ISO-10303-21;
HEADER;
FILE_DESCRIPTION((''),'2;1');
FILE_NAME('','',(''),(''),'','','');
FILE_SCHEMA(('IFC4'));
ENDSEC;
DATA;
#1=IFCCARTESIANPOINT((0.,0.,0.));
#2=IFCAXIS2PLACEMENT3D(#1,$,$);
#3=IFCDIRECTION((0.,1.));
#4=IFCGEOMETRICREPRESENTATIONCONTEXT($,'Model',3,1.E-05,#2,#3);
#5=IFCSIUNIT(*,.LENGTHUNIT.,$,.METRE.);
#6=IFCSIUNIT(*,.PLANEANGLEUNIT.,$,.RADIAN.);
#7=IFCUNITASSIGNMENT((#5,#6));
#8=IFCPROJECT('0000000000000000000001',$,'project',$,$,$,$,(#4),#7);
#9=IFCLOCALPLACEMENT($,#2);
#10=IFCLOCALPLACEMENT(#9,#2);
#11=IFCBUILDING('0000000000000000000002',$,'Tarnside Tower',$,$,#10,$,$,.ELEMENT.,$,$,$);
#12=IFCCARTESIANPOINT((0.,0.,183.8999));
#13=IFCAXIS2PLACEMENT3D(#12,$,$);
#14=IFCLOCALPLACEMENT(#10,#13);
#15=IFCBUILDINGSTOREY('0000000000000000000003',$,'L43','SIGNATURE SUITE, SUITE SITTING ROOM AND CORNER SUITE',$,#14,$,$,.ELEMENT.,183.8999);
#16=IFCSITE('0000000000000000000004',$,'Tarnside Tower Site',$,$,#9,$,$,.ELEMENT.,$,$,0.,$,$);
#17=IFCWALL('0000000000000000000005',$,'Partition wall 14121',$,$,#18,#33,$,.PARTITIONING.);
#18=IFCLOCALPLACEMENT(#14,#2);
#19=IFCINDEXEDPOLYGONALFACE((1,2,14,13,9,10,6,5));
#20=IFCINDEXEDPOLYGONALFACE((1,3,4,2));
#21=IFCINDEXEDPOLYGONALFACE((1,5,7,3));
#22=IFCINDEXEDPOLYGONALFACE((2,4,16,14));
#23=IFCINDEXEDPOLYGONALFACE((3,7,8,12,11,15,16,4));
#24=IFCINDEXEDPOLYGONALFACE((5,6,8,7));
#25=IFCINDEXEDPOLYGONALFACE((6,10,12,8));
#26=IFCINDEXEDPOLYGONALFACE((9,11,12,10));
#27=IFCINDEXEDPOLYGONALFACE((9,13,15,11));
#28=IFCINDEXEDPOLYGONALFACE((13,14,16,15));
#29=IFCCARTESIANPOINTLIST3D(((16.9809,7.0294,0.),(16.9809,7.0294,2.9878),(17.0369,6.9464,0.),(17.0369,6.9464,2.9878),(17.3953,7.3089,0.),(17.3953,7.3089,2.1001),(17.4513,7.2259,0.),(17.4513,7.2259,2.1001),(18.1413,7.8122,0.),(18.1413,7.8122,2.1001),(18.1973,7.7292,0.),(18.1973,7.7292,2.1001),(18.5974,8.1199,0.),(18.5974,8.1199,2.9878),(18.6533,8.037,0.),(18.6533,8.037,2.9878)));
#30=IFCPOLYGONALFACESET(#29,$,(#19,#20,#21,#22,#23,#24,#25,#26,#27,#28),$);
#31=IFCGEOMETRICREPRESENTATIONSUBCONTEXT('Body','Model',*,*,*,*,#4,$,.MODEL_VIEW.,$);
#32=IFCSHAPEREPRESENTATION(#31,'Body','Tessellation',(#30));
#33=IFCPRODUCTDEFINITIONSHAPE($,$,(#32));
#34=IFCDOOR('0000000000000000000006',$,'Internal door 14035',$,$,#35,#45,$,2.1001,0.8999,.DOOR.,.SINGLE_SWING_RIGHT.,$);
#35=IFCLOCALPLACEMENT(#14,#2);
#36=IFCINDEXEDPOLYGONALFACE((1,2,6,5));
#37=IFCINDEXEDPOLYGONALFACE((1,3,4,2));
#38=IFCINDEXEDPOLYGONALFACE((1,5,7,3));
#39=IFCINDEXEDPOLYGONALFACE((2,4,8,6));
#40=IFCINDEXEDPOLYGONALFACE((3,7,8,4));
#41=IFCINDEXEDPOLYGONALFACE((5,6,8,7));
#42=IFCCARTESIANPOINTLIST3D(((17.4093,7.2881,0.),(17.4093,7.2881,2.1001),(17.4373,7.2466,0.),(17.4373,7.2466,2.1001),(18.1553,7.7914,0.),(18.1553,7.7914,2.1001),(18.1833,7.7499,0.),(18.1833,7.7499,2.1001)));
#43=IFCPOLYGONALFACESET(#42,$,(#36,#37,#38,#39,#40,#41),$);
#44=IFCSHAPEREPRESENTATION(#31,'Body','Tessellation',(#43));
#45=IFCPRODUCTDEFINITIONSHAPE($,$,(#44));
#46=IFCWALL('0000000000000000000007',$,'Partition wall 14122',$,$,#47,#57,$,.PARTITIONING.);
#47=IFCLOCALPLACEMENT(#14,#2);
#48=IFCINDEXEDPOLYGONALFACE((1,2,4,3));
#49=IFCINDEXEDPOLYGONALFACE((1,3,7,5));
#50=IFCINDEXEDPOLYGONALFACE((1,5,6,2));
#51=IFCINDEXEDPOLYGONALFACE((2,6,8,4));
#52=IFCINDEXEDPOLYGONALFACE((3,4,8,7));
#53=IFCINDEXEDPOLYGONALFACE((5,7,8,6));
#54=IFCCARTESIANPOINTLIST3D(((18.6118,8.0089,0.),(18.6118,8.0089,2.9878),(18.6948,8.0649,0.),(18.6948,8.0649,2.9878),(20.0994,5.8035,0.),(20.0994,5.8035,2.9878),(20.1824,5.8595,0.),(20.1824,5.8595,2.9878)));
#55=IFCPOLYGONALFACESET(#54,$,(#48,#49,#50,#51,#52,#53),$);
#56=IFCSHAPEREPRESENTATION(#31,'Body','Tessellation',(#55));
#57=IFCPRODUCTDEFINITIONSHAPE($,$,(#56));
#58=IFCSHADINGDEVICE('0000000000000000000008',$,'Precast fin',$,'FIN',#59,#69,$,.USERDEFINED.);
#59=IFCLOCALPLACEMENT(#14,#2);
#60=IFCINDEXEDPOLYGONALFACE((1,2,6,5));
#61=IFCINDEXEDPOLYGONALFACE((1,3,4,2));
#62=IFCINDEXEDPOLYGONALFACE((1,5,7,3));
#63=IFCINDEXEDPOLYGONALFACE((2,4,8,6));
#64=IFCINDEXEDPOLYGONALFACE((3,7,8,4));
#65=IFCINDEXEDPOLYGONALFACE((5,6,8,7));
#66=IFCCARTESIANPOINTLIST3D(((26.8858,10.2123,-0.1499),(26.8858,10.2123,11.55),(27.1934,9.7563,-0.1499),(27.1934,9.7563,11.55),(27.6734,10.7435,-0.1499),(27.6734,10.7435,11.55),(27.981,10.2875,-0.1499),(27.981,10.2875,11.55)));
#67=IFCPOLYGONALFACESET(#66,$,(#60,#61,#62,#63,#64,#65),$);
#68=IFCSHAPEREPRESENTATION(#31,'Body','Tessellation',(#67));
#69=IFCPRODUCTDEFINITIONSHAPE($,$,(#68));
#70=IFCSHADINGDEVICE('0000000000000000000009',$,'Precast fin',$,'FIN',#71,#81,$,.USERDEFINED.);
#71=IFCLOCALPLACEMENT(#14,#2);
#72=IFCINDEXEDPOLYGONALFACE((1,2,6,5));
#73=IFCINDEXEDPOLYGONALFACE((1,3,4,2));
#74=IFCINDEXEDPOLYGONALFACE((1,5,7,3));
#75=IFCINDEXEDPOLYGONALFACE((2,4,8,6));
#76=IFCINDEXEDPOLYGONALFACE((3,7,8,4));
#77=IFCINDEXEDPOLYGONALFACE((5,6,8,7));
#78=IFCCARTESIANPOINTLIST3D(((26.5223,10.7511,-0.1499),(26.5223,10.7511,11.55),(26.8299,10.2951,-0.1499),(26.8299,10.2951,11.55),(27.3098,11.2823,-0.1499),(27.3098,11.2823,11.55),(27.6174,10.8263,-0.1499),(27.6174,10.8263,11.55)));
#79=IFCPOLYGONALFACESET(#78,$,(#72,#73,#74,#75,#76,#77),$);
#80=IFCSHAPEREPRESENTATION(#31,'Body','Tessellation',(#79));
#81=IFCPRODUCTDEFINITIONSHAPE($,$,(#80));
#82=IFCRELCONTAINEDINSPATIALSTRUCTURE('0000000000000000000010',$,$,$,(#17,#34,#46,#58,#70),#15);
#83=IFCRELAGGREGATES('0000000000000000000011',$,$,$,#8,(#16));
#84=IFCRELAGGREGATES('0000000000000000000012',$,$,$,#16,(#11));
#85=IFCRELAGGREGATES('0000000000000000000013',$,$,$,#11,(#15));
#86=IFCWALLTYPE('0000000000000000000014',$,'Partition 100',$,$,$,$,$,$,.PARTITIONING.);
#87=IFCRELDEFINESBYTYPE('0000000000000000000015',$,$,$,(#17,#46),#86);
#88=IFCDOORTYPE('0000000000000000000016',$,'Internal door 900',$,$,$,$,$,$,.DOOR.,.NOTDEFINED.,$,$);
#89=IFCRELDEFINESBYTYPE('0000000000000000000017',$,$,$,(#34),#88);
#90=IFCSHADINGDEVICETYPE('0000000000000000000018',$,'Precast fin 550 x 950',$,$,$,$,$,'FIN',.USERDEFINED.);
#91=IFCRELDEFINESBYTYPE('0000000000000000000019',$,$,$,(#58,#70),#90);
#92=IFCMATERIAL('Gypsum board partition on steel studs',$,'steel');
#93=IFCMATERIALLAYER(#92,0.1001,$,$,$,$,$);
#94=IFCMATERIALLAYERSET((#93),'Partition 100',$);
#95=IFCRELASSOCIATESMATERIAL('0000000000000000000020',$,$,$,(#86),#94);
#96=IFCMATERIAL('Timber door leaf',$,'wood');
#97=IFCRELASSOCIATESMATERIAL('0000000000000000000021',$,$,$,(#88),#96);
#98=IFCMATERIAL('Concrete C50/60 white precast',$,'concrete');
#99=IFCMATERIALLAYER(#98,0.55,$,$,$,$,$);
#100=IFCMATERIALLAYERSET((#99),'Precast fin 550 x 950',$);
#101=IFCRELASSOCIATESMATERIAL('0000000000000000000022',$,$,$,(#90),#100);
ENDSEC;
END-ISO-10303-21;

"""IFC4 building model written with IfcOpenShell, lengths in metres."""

from ifc_helpers import new_model, si_unit, direction, frame, frame_2d, origin, place, context, subcontext, project, spatial, polyline, rectangle, outline, extrude, material, layer, layer_set, type_object, element, fill, save


model = new_model("IFC4")

# Units and contexts
model_context = context("Model", 3, precision=1e-05, world=origin(), true_north=direction((0.0, 1.0)))
body_context = subcontext(model_context, "Body", "Model", "MODEL_VIEW")
ifc_project = project(units=[si_unit("LENGTHUNIT", "METRE"), si_unit("PLANEANGLEUNIT", "RADIAN")], contexts=[model_context])

# Site, building, storey
site_placement = place(None, origin())
site = spatial("IfcSite", under=ifc_project, at=site_placement, Name="Tarnside Tower Site", CompositionType="ELEMENT", RefElevation=0.0)
building_placement = place(site_placement, origin())
building = spatial("IfcBuilding", under=site, at=building_placement, Name="Tarnside Tower", CompositionType="ELEMENT")
storey_placement = place(building_placement, frame((0.0, 0.0, 183.8999)))
storey = spatial("IfcBuildingStorey", under=building, at=storey_placement, Name="L43", Description="SIGNATURE SUITE, SUITE SITTING ROOM AND CORNER SUITE", CompositionType="ELEMENT", Elevation=183.8999)

# Shared definitions
ifc_material_1 = material(Name="Gypsum board partition on steel studs", Category="steel")

# Shared definitions
ifc_material_2 = material(Name="Timber door leaf", Category="wood")

# Wall, opening, door
ifc_layer_1 = layer(ifc_material_1, 0.1001)
ifc_layer_set_1 = layer_set([ifc_layer_1], Name="Partition 100")
wall_type_1 = type_object("IfcWallType", Name="Partition 100", PredefinedType="PARTITIONING", material=ifc_layer_set_1)
wall_1_placement = place(storey_placement, frame((17.0088, 6.9878, 0.0), z_axis=(0.0, 0.0, 1.0), x_axis=(0.828975, 0.559286, 0.0)))
wall_1 = element("IfcWall", 1, at=wall_1_placement, inside=storey, type_object=wall_type_1, Name="Partition wall 14121", PredefinedType="PARTITIONING", context=body_context, shape_type="SweptSolid", body=[
    extrude(rectangle(XDim=1.95, YDim=0.1001, at=frame_2d((0.9751, 0.0))), origin(), (0.0, 0.0, 1.0), 2.9878),
])
opening_1_placement = place(wall_1_placement, frame((0.5, 0.0, 0.0)))
opening_1 = element("IfcOpeningElement", 2, at=opening_1_placement, cuts=wall_1, PredefinedType="OPENING", context=body_context, shape_type="SweptSolid", body=[
    extrude(rectangle(XDim=0.8999, YDim=2.1001, at=frame_2d((0.45, 1.05))), frame((0.0, 0.0601, 0.0), z_axis=(0.0, -1.0, 0.0), x_axis=(1.0, 0.0, 0.0)), (0.0, 0.0, 1.0), 0.1201),
])
door_type_1 = type_object("IfcDoorType", Name="Internal door 900", OperationType="NOTDEFINED", PredefinedType="DOOR", material=ifc_material_2)
door_1_placement = place(opening_1_placement, origin())
door_1 = element("IfcDoor", 3, at=door_1_placement, inside=storey, type_object=door_type_1, Name="Internal door 14035", OperationType="SINGLE_SWING_RIGHT", OverallHeight=2.1001, OverallWidth=0.8999, PredefinedType="DOOR", context=body_context, shape_type="SweptSolid", body=[
    extrude(rectangle(XDim=0.8999, YDim=2.1001, at=frame_2d((0.45, 1.05))), frame((0.0, 0.0249, 0.0), z_axis=(0.0, -1.0, 0.0), x_axis=(1.0, 0.0, 0.0)), (0.0, 0.0, 1.0), 0.05),
])
fill(opening_1, door_1)

# Wall
wall_2_placement = place(storey_placement, frame((18.6533, 8.0369, 0.0), z_axis=(0.0, 0.0, 1.0), x_axis=(0.559203, -0.829031, 0.0)))
element("IfcWall", 4, at=wall_2_placement, inside=storey, type_object=wall_type_1, Name="Partition wall 14122", PredefinedType="PARTITIONING", context=body_context, shape_type="SweptSolid", body=[
    extrude(rectangle(XDim=2.6602, YDim=0.1001, at=frame_2d((1.3301, 0.0))), origin(), (0.0, 0.0, 1.0), 2.9878),
])

# Shading devices
ifc_material_3 = material(Name="Concrete C50/60 white precast", Category="concrete")
ifc_layer_2 = layer(ifc_material_3, 0.55)
ifc_layer_set_2 = layer_set([ifc_layer_2], Name="Precast fin 550 x 950")
shading_device_type = type_object("IfcShadingDeviceType", Name="Precast fin 550 x 950", ElementType="FIN", PredefinedType="USERDEFINED", material=ifc_layer_set_2)
for number, where, z_axis, x_axis, name in (
    (5, (27.0396, 9.9844, -0.1499), (0.559193, -0.829038, 0.0), (0.829038, 0.559193, 0.0), "Precast fin"),
    (6, (26.676, 10.5232, -0.1499), (0.559193, -0.829038, 0.0), (0.829038, 0.559193, 0.0), "Precast fin"),
):
    element("IfcShadingDevice", number, at=place(storey_placement, frame(where, z_axis=z_axis, x_axis=x_axis)), inside=storey, type_object=shading_device_type, Name=name, ObjectType="FIN", PredefinedType="USERDEFINED", context=body_context, shape_type="SweptSolid", body=[
        extrude(outline(polyline([(0.0, 0.0), (0.95, 0.0), (0.95, 11.7), (0.0, 11.7), (0.0, 0.0)])), frame((0.0, 0.0, -0.2749)), (0.0, 0.0, 1.0), 0.55),
    ])

save(model, "model.ifc")
